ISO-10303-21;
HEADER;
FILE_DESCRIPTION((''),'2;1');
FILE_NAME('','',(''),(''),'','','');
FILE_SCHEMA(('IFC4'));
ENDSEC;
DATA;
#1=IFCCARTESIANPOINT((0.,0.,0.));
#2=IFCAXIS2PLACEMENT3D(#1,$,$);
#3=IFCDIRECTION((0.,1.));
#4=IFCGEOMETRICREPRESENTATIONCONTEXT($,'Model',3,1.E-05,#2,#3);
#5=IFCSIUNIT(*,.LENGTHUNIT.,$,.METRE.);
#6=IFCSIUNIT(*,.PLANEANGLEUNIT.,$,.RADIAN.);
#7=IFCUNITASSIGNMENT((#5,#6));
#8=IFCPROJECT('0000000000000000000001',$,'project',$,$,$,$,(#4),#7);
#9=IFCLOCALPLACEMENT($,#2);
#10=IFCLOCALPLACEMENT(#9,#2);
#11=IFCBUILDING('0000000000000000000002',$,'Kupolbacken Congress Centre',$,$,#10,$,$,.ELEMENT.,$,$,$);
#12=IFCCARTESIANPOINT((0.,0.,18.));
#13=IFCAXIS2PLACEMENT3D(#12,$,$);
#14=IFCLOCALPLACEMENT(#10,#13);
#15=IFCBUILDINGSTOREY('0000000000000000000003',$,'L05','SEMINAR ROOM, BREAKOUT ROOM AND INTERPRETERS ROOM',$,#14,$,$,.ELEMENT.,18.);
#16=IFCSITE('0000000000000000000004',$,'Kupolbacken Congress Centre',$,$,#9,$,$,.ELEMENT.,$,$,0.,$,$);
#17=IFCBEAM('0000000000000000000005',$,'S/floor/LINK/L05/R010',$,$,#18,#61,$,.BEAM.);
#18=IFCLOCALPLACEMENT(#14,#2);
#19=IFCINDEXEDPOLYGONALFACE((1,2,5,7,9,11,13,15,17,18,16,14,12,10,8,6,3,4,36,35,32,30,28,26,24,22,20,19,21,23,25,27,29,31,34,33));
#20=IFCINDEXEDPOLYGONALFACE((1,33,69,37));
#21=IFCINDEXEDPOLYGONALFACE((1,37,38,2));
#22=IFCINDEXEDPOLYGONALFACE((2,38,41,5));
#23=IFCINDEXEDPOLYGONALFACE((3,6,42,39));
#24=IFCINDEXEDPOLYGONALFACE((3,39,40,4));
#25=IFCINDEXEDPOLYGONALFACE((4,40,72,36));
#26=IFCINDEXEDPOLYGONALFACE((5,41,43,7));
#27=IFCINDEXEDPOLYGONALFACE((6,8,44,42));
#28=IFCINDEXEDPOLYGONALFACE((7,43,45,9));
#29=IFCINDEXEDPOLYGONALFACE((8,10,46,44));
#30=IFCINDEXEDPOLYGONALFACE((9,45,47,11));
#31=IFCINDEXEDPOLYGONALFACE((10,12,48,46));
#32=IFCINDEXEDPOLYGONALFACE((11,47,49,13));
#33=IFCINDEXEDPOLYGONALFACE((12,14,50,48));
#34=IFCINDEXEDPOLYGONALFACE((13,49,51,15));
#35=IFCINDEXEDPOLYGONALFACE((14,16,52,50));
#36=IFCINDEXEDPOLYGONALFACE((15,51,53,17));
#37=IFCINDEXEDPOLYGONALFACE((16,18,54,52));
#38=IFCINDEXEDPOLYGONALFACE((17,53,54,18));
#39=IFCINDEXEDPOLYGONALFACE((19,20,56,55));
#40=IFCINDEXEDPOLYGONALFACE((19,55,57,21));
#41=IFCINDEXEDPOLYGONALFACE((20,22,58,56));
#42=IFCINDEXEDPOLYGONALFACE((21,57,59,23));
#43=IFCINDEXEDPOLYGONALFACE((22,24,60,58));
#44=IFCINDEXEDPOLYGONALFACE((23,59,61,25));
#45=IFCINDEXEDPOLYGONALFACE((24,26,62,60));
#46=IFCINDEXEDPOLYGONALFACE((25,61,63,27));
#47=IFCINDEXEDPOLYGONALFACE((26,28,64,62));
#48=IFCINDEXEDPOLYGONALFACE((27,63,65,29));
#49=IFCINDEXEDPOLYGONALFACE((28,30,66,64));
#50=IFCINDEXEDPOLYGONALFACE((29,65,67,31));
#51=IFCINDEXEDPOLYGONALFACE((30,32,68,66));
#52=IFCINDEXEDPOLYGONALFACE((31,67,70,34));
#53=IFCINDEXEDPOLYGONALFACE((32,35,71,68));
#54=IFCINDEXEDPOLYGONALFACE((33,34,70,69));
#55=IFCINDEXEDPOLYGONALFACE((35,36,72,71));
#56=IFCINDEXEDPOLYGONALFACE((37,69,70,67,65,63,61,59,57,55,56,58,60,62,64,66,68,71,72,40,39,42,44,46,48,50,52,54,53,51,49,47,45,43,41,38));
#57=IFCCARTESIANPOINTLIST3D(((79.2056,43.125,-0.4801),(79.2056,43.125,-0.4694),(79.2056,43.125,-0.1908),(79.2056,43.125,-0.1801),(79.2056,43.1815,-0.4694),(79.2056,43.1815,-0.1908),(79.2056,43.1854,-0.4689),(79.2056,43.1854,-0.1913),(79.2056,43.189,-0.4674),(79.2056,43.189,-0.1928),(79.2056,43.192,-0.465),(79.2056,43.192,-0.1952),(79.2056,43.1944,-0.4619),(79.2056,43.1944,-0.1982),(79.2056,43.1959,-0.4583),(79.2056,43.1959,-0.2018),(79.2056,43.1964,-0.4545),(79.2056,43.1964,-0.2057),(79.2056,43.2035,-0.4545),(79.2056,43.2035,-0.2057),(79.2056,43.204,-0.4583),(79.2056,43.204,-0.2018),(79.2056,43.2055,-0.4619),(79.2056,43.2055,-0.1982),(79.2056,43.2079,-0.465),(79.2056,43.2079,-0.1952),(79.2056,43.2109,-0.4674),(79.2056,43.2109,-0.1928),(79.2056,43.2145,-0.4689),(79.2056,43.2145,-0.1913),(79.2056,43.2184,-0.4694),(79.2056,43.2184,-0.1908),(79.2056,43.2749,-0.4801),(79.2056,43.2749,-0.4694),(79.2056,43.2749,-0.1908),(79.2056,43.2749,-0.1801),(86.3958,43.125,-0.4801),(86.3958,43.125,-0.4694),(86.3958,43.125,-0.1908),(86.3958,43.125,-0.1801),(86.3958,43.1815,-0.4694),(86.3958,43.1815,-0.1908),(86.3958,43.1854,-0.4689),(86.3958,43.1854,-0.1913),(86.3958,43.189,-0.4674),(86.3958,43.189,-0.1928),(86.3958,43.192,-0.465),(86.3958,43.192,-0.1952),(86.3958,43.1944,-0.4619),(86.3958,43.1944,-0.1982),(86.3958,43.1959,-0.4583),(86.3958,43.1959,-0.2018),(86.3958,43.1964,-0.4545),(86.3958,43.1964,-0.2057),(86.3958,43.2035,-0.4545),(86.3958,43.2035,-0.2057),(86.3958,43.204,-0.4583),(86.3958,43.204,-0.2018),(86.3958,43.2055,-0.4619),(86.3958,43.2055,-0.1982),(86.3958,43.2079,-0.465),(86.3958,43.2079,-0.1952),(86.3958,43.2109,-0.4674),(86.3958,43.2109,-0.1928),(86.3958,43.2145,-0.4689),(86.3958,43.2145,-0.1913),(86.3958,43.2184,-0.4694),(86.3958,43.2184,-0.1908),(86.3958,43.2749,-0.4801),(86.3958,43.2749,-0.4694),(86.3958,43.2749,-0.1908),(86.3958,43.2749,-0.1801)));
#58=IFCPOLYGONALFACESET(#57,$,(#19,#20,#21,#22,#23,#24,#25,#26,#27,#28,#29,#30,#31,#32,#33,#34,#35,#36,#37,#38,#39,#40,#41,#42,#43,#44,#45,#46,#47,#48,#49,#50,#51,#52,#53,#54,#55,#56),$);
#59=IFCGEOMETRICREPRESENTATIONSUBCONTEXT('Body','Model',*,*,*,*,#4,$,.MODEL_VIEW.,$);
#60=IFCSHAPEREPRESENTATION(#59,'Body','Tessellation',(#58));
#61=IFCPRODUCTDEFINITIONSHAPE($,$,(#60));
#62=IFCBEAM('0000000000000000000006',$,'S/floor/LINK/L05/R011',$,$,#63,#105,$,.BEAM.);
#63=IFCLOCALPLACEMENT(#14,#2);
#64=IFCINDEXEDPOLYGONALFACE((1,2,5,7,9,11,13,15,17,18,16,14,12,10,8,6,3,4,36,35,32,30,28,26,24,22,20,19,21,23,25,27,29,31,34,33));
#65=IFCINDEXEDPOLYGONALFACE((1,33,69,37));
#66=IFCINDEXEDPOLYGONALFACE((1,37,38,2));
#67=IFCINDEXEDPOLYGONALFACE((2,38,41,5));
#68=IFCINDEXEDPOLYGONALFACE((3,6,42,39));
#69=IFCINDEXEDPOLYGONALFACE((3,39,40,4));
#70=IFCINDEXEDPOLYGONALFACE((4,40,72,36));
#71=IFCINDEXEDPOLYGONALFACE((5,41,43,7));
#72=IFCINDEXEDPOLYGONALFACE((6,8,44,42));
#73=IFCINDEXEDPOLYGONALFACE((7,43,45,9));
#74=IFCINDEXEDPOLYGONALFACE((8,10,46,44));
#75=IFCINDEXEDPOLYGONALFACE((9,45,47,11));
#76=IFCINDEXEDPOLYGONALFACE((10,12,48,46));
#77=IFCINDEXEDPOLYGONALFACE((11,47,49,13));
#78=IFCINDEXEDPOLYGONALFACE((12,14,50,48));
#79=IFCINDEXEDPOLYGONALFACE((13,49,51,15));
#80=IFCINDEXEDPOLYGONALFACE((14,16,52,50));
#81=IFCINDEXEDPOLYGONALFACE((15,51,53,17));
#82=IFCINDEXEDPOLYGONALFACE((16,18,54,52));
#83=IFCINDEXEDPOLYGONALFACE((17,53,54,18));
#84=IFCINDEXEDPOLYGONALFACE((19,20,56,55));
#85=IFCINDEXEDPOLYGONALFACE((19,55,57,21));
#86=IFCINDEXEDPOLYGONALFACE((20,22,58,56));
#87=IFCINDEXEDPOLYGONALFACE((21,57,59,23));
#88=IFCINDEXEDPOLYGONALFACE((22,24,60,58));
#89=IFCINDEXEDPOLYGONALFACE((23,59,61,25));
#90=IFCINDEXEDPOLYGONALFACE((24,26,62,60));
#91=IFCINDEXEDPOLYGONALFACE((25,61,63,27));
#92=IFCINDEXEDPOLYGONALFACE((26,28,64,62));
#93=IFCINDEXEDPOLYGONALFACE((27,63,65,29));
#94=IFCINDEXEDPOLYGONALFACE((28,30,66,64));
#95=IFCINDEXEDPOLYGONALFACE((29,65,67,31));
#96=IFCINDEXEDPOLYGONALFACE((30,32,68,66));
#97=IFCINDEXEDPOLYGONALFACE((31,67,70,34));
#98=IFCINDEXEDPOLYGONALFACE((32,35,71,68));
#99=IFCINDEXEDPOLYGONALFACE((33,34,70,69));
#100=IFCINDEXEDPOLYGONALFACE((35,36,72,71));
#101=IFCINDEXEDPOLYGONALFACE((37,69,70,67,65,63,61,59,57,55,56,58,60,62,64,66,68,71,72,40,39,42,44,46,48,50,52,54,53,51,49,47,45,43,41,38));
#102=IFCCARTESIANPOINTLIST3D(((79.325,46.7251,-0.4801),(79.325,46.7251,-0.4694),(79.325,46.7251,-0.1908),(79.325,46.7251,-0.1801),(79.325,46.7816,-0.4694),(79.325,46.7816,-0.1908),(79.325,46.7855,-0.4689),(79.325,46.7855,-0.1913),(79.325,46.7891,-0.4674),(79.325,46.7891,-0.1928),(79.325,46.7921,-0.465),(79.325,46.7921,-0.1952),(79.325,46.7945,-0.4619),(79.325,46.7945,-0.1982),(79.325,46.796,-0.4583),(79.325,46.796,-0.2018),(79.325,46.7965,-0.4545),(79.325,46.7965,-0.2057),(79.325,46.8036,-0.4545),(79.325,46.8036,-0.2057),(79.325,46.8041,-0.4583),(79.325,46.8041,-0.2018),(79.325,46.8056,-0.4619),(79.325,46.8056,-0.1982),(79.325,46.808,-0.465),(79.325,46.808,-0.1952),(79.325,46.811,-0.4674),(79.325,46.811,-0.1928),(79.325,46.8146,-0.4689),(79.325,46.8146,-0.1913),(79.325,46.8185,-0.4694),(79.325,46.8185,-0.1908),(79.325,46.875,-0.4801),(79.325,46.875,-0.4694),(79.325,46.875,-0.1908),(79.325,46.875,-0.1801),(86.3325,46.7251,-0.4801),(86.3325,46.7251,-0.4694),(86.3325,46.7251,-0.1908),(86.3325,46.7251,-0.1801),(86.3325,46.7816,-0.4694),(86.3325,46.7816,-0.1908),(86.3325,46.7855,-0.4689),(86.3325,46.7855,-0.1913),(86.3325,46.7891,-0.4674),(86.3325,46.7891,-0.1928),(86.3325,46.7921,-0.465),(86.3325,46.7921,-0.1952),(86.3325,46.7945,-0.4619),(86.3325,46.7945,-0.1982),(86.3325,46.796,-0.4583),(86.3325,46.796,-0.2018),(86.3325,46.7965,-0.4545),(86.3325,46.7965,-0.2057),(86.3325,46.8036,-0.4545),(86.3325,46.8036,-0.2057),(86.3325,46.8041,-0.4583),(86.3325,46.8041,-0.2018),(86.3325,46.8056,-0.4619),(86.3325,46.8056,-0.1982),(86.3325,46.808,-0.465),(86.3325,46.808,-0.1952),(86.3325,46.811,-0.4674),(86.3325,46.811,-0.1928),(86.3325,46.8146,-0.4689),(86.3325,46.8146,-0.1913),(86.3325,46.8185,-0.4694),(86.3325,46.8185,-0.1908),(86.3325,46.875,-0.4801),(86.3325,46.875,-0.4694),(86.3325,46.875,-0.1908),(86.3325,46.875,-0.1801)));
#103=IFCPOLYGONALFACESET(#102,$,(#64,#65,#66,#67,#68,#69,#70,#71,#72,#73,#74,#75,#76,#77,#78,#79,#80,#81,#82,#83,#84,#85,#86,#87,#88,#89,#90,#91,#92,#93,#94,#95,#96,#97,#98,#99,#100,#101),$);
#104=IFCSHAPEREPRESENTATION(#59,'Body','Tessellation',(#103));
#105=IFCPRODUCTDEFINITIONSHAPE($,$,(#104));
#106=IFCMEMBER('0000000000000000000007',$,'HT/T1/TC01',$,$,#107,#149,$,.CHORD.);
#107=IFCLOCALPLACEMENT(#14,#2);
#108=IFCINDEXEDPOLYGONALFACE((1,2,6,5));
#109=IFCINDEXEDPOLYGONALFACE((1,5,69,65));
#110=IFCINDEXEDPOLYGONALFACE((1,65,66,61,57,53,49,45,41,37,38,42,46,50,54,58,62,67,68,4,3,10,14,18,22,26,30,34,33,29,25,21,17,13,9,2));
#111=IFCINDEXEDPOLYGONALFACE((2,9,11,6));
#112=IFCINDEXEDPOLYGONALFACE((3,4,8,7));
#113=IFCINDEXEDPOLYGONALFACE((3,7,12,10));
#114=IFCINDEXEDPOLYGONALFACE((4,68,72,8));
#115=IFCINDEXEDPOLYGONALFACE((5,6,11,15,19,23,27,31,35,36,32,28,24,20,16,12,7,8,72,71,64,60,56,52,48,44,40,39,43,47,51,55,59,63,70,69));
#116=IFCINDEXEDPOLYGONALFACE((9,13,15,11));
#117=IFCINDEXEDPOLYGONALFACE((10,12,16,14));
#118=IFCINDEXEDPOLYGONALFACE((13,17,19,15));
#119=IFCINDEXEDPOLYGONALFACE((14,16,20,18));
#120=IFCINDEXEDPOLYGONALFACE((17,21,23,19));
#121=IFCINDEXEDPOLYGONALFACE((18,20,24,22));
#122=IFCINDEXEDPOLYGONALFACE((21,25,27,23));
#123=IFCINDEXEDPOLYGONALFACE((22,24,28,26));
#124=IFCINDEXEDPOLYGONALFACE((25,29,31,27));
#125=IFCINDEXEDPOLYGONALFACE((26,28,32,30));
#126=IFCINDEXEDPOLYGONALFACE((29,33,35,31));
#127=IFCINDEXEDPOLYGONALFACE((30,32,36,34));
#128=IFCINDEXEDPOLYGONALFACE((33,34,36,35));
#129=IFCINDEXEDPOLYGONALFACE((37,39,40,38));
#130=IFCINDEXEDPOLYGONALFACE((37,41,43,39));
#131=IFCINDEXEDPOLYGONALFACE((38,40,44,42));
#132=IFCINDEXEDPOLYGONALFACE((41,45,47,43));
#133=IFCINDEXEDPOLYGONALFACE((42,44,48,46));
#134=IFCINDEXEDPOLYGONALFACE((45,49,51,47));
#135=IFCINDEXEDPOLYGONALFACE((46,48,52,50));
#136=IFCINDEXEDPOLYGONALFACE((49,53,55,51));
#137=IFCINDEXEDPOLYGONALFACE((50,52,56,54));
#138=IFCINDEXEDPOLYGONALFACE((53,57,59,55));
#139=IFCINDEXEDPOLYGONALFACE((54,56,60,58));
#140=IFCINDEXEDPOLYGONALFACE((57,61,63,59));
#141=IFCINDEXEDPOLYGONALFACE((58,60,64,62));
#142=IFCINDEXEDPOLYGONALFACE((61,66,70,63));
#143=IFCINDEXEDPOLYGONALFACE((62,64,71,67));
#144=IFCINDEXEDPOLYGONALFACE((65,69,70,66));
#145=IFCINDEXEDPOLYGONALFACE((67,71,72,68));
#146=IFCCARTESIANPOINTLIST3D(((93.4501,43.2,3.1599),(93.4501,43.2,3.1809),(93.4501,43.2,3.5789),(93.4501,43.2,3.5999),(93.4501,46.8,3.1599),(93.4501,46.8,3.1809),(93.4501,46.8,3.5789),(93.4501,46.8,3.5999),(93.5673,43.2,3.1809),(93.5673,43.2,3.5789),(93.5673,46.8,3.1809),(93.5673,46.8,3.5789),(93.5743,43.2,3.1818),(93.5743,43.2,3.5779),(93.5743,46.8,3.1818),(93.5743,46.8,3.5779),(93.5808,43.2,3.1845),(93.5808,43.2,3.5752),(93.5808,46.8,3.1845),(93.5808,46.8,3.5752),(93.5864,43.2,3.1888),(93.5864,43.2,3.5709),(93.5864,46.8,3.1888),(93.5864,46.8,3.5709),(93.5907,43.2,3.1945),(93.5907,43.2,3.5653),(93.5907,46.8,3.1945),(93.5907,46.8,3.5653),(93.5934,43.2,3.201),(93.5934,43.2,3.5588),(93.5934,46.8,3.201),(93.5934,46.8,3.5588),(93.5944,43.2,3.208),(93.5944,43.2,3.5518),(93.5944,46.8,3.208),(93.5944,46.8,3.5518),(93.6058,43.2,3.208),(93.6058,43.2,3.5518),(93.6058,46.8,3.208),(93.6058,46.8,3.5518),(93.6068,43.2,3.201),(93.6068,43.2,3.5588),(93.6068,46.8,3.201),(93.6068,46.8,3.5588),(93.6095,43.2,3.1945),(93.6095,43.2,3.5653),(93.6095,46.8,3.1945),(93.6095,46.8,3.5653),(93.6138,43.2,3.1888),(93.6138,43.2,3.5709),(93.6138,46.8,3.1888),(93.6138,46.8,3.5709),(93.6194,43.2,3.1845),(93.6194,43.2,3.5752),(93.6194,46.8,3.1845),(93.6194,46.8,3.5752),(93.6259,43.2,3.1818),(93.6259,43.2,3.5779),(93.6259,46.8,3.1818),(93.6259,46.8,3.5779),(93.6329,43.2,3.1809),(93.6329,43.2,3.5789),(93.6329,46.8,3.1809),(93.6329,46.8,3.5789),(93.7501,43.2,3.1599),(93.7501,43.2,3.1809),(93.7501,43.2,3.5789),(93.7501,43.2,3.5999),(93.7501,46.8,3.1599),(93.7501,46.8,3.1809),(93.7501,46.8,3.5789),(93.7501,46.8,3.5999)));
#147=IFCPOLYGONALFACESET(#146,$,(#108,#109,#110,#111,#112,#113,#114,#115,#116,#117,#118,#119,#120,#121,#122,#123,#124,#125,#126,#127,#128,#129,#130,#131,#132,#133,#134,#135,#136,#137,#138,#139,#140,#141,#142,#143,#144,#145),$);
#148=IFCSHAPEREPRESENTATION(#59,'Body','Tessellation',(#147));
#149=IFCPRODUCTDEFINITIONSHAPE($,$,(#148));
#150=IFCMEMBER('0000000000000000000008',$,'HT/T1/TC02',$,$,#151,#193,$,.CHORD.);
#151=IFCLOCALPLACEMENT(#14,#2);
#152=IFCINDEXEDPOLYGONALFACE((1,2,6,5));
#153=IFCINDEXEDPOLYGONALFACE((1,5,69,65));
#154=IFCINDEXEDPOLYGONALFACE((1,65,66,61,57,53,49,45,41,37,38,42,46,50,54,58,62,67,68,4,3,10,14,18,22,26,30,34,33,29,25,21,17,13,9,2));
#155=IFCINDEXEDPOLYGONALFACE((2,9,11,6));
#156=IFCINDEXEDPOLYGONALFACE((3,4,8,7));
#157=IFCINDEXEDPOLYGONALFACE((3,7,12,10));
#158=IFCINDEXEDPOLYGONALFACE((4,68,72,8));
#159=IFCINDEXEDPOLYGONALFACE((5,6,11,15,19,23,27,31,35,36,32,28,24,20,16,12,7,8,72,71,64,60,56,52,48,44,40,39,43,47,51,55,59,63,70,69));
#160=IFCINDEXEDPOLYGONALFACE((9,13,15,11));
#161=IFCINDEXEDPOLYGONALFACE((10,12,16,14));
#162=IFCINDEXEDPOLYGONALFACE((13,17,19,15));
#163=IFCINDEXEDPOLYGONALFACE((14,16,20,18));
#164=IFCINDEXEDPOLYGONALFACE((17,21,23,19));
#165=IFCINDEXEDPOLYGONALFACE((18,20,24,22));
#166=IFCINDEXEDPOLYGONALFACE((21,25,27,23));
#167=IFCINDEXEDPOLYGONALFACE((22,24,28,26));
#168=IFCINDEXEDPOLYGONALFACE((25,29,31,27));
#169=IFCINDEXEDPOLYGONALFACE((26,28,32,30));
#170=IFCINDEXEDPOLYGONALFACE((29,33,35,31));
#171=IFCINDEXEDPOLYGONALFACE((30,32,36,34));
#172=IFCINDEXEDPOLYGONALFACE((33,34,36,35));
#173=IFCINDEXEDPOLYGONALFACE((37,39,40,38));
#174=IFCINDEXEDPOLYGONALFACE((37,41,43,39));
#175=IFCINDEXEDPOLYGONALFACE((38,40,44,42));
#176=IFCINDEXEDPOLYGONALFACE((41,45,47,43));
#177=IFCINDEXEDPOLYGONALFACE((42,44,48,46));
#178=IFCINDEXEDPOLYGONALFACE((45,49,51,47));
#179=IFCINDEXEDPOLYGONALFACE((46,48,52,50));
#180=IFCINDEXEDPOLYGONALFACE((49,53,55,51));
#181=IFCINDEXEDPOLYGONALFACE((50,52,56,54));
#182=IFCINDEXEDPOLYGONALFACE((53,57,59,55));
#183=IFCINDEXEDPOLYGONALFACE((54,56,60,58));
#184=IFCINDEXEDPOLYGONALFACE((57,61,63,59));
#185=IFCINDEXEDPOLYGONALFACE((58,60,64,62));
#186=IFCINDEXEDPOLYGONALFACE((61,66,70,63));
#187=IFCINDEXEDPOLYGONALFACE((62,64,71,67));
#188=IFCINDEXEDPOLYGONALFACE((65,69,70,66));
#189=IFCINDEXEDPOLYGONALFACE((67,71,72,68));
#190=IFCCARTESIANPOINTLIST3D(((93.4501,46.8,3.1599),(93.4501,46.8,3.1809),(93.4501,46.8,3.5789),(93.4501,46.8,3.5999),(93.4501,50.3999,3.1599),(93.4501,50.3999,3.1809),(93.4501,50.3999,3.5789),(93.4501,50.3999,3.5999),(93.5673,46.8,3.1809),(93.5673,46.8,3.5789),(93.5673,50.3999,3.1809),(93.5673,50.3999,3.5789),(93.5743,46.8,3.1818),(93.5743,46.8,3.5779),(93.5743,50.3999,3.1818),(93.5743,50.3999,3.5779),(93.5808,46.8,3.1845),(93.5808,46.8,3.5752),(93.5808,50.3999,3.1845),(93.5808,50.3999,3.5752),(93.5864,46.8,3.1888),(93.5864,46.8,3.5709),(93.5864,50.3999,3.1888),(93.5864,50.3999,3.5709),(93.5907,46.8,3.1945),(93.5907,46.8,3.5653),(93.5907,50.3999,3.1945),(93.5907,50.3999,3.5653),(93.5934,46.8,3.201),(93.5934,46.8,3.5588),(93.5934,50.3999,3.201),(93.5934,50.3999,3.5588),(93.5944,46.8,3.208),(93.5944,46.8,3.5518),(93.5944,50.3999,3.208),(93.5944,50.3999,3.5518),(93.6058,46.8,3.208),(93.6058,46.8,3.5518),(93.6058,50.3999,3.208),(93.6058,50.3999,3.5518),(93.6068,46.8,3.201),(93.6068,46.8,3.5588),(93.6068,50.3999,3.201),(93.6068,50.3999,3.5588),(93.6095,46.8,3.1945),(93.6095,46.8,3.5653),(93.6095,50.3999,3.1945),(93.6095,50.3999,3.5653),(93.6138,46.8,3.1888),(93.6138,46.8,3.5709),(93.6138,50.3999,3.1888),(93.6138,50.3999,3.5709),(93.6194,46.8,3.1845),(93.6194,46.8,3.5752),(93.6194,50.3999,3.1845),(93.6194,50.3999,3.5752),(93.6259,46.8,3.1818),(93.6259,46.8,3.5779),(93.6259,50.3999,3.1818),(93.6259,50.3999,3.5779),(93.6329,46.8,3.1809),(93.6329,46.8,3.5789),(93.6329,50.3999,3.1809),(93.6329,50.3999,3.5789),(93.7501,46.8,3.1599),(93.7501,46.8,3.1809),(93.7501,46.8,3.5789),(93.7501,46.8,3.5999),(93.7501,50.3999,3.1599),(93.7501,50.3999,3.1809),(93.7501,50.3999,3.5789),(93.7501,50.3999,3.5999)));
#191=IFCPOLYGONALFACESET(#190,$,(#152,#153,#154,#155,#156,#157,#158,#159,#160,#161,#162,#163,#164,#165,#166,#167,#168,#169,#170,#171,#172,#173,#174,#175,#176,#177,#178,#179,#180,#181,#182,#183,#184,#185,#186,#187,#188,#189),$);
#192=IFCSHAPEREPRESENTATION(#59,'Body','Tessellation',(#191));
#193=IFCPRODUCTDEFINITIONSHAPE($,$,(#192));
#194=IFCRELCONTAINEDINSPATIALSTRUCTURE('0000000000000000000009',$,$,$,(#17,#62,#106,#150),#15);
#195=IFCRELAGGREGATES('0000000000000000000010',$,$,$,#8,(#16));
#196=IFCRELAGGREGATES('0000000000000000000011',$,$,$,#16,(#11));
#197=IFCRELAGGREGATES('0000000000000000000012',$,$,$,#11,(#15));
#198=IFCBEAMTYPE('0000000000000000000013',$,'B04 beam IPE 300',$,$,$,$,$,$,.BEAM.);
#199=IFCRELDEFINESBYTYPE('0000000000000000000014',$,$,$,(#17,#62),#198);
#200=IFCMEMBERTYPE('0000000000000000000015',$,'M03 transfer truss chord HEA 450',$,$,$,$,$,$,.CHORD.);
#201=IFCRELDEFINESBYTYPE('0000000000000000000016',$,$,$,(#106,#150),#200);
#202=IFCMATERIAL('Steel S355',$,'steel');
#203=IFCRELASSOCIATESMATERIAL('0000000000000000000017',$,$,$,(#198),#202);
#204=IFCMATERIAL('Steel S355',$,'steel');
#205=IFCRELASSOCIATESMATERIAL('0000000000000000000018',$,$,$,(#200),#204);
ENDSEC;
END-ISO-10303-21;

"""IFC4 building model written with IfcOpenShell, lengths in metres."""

from ifc_helpers import new_model, si_unit, direction, frame, origin, origin_2d, place, context, subcontext, project, spatial, i_section, extrude, material, material_profile, profile_set, type_object, element, save


model = new_model("IFC4")

# Units and contexts
model_context = context("Model", 3, precision=1e-05, world=origin(), true_north=direction((0.0, 1.0)))
body_context = subcontext(model_context, "Body", "Model", "MODEL_VIEW")
ifc_project = project(units=[si_unit("LENGTHUNIT", "METRE"), si_unit("PLANEANGLEUNIT", "RADIAN")], contexts=[model_context])

# Site, building, storey
site_placement = place(None, origin())
site = spatial("IfcSite", under=ifc_project, at=site_placement, Name="Kupolbacken Congress Centre", CompositionType="ELEMENT", RefElevation=0.0)
building_placement = place(site_placement, origin())
building = spatial("IfcBuilding", under=site, at=building_placement, Name="Kupolbacken Congress Centre", CompositionType="ELEMENT")
storey_placement = place(building_placement, frame((0.0, 0.0, 18.0)))
storey = spatial("IfcBuildingStorey", under=building, at=storey_placement, Name="L05", Description="SEMINAR ROOM, BREAKOUT ROOM AND INTERPRETERS ROOM", CompositionType="ELEMENT", Elevation=18.0)

# Beams
ifc_material_1 = material(Name="Steel S355", Category="steel")
ifc_material_profile_1 = material_profile(ifc_material_1, i_section(OverallWidth=0.1499, OverallDepth=0.3, WebThickness=0.0071, FlangeThickness=0.0107, FilletRadius=0.0149, at=origin_2d()), Name="IPE 300")
ifc_profile_set_1 = profile_set([ifc_material_profile_1], Name="Steel S355")
beam_type_1 = type_object("IfcBeamType", Name="B04 beam IPE 300", PredefinedType="BEAM", material=ifc_profile_set_1)
beam_1_placement = place(storey_placement, frame((79.2056, 43.2, -0.3301), z_axis=(1.0, 0.0, 0.0), x_axis=(0.0, 1.0, 0.0)))
element("IfcBeam", 1, at=beam_1_placement, inside=storey, type_object=beam_type_1, Name="S/floor/LINK/L05/R010", PredefinedType="BEAM", context=body_context, shape_type="SweptSolid", body=[
    extrude(i_section(OverallWidth=0.1499, OverallDepth=0.3, WebThickness=0.0071, FlangeThickness=0.0107, FilletRadius=0.0149, at=origin_2d()), origin(), (0.0, 0.0, 1.0), 7.1902),
])
beam_2_placement = place(storey_placement, frame((79.325, 46.8, -0.3301), z_axis=(1.0, 0.0, 0.0), x_axis=(0.0, 1.0, 0.0)))
element("IfcBeam", 2, at=beam_2_placement, inside=storey, type_object=beam_type_1, Name="S/floor/LINK/L05/R011", PredefinedType="BEAM", context=body_context, shape_type="SweptSolid", body=[
    extrude(i_section(OverallWidth=0.1499, OverallDepth=0.3, WebThickness=0.0071, FlangeThickness=0.0107, FilletRadius=0.0149, at=origin_2d()), origin(), (0.0, 0.0, 1.0), 7.0076),
])

# Members
ifc_material_2 = material(Name="Steel S355", Category="steel")
ifc_material_profile_2 = material_profile(ifc_material_2, i_section(OverallWidth=0.3, OverallDepth=0.4399, WebThickness=0.0115, FlangeThickness=0.021, FilletRadius=0.0271, at=origin_2d()), Name="HEA 450")
ifc_profile_set_2 = profile_set([ifc_material_profile_2], Name="Steel S355")
member_type_1 = type_object("IfcMemberType", Name="M03 transfer truss chord HEA 450", PredefinedType="CHORD", material=ifc_profile_set_2)
member_1_placement = place(storey_placement, frame((93.6001, 43.2, 3.3799), z_axis=(0.0, 1.0, 0.0), x_axis=(-1.0, 0.0, 0.0)))
element("IfcMember", 3, at=member_1_placement, inside=storey, type_object=member_type_1, Name="HT/T1/TC01", PredefinedType="CHORD", context=body_context, shape_type="SweptSolid", body=[
    extrude(i_section(OverallWidth=0.3, OverallDepth=0.4399, WebThickness=0.0115, FlangeThickness=0.021, FilletRadius=0.0271, at=origin_2d()), origin(), (0.0, 0.0, 1.0), 3.6001),
])
member_2_placement = place(storey_placement, frame((93.6001, 46.8, 3.3799), z_axis=(0.0, 1.0, 0.0), x_axis=(-1.0, 0.0, 0.0)))
element("IfcMember", 4, at=member_2_placement, inside=storey, type_object=member_type_1, Name="HT/T1/TC02", PredefinedType="CHORD", context=body_context, shape_type="SweptSolid", body=[
    extrude(i_section(OverallWidth=0.3, OverallDepth=0.4399, WebThickness=0.0115, FlangeThickness=0.021, FilletRadius=0.0271, at=origin_2d()), origin(), (0.0, 0.0, 1.0), 3.5999),
])

save(model, "model.ifc")
